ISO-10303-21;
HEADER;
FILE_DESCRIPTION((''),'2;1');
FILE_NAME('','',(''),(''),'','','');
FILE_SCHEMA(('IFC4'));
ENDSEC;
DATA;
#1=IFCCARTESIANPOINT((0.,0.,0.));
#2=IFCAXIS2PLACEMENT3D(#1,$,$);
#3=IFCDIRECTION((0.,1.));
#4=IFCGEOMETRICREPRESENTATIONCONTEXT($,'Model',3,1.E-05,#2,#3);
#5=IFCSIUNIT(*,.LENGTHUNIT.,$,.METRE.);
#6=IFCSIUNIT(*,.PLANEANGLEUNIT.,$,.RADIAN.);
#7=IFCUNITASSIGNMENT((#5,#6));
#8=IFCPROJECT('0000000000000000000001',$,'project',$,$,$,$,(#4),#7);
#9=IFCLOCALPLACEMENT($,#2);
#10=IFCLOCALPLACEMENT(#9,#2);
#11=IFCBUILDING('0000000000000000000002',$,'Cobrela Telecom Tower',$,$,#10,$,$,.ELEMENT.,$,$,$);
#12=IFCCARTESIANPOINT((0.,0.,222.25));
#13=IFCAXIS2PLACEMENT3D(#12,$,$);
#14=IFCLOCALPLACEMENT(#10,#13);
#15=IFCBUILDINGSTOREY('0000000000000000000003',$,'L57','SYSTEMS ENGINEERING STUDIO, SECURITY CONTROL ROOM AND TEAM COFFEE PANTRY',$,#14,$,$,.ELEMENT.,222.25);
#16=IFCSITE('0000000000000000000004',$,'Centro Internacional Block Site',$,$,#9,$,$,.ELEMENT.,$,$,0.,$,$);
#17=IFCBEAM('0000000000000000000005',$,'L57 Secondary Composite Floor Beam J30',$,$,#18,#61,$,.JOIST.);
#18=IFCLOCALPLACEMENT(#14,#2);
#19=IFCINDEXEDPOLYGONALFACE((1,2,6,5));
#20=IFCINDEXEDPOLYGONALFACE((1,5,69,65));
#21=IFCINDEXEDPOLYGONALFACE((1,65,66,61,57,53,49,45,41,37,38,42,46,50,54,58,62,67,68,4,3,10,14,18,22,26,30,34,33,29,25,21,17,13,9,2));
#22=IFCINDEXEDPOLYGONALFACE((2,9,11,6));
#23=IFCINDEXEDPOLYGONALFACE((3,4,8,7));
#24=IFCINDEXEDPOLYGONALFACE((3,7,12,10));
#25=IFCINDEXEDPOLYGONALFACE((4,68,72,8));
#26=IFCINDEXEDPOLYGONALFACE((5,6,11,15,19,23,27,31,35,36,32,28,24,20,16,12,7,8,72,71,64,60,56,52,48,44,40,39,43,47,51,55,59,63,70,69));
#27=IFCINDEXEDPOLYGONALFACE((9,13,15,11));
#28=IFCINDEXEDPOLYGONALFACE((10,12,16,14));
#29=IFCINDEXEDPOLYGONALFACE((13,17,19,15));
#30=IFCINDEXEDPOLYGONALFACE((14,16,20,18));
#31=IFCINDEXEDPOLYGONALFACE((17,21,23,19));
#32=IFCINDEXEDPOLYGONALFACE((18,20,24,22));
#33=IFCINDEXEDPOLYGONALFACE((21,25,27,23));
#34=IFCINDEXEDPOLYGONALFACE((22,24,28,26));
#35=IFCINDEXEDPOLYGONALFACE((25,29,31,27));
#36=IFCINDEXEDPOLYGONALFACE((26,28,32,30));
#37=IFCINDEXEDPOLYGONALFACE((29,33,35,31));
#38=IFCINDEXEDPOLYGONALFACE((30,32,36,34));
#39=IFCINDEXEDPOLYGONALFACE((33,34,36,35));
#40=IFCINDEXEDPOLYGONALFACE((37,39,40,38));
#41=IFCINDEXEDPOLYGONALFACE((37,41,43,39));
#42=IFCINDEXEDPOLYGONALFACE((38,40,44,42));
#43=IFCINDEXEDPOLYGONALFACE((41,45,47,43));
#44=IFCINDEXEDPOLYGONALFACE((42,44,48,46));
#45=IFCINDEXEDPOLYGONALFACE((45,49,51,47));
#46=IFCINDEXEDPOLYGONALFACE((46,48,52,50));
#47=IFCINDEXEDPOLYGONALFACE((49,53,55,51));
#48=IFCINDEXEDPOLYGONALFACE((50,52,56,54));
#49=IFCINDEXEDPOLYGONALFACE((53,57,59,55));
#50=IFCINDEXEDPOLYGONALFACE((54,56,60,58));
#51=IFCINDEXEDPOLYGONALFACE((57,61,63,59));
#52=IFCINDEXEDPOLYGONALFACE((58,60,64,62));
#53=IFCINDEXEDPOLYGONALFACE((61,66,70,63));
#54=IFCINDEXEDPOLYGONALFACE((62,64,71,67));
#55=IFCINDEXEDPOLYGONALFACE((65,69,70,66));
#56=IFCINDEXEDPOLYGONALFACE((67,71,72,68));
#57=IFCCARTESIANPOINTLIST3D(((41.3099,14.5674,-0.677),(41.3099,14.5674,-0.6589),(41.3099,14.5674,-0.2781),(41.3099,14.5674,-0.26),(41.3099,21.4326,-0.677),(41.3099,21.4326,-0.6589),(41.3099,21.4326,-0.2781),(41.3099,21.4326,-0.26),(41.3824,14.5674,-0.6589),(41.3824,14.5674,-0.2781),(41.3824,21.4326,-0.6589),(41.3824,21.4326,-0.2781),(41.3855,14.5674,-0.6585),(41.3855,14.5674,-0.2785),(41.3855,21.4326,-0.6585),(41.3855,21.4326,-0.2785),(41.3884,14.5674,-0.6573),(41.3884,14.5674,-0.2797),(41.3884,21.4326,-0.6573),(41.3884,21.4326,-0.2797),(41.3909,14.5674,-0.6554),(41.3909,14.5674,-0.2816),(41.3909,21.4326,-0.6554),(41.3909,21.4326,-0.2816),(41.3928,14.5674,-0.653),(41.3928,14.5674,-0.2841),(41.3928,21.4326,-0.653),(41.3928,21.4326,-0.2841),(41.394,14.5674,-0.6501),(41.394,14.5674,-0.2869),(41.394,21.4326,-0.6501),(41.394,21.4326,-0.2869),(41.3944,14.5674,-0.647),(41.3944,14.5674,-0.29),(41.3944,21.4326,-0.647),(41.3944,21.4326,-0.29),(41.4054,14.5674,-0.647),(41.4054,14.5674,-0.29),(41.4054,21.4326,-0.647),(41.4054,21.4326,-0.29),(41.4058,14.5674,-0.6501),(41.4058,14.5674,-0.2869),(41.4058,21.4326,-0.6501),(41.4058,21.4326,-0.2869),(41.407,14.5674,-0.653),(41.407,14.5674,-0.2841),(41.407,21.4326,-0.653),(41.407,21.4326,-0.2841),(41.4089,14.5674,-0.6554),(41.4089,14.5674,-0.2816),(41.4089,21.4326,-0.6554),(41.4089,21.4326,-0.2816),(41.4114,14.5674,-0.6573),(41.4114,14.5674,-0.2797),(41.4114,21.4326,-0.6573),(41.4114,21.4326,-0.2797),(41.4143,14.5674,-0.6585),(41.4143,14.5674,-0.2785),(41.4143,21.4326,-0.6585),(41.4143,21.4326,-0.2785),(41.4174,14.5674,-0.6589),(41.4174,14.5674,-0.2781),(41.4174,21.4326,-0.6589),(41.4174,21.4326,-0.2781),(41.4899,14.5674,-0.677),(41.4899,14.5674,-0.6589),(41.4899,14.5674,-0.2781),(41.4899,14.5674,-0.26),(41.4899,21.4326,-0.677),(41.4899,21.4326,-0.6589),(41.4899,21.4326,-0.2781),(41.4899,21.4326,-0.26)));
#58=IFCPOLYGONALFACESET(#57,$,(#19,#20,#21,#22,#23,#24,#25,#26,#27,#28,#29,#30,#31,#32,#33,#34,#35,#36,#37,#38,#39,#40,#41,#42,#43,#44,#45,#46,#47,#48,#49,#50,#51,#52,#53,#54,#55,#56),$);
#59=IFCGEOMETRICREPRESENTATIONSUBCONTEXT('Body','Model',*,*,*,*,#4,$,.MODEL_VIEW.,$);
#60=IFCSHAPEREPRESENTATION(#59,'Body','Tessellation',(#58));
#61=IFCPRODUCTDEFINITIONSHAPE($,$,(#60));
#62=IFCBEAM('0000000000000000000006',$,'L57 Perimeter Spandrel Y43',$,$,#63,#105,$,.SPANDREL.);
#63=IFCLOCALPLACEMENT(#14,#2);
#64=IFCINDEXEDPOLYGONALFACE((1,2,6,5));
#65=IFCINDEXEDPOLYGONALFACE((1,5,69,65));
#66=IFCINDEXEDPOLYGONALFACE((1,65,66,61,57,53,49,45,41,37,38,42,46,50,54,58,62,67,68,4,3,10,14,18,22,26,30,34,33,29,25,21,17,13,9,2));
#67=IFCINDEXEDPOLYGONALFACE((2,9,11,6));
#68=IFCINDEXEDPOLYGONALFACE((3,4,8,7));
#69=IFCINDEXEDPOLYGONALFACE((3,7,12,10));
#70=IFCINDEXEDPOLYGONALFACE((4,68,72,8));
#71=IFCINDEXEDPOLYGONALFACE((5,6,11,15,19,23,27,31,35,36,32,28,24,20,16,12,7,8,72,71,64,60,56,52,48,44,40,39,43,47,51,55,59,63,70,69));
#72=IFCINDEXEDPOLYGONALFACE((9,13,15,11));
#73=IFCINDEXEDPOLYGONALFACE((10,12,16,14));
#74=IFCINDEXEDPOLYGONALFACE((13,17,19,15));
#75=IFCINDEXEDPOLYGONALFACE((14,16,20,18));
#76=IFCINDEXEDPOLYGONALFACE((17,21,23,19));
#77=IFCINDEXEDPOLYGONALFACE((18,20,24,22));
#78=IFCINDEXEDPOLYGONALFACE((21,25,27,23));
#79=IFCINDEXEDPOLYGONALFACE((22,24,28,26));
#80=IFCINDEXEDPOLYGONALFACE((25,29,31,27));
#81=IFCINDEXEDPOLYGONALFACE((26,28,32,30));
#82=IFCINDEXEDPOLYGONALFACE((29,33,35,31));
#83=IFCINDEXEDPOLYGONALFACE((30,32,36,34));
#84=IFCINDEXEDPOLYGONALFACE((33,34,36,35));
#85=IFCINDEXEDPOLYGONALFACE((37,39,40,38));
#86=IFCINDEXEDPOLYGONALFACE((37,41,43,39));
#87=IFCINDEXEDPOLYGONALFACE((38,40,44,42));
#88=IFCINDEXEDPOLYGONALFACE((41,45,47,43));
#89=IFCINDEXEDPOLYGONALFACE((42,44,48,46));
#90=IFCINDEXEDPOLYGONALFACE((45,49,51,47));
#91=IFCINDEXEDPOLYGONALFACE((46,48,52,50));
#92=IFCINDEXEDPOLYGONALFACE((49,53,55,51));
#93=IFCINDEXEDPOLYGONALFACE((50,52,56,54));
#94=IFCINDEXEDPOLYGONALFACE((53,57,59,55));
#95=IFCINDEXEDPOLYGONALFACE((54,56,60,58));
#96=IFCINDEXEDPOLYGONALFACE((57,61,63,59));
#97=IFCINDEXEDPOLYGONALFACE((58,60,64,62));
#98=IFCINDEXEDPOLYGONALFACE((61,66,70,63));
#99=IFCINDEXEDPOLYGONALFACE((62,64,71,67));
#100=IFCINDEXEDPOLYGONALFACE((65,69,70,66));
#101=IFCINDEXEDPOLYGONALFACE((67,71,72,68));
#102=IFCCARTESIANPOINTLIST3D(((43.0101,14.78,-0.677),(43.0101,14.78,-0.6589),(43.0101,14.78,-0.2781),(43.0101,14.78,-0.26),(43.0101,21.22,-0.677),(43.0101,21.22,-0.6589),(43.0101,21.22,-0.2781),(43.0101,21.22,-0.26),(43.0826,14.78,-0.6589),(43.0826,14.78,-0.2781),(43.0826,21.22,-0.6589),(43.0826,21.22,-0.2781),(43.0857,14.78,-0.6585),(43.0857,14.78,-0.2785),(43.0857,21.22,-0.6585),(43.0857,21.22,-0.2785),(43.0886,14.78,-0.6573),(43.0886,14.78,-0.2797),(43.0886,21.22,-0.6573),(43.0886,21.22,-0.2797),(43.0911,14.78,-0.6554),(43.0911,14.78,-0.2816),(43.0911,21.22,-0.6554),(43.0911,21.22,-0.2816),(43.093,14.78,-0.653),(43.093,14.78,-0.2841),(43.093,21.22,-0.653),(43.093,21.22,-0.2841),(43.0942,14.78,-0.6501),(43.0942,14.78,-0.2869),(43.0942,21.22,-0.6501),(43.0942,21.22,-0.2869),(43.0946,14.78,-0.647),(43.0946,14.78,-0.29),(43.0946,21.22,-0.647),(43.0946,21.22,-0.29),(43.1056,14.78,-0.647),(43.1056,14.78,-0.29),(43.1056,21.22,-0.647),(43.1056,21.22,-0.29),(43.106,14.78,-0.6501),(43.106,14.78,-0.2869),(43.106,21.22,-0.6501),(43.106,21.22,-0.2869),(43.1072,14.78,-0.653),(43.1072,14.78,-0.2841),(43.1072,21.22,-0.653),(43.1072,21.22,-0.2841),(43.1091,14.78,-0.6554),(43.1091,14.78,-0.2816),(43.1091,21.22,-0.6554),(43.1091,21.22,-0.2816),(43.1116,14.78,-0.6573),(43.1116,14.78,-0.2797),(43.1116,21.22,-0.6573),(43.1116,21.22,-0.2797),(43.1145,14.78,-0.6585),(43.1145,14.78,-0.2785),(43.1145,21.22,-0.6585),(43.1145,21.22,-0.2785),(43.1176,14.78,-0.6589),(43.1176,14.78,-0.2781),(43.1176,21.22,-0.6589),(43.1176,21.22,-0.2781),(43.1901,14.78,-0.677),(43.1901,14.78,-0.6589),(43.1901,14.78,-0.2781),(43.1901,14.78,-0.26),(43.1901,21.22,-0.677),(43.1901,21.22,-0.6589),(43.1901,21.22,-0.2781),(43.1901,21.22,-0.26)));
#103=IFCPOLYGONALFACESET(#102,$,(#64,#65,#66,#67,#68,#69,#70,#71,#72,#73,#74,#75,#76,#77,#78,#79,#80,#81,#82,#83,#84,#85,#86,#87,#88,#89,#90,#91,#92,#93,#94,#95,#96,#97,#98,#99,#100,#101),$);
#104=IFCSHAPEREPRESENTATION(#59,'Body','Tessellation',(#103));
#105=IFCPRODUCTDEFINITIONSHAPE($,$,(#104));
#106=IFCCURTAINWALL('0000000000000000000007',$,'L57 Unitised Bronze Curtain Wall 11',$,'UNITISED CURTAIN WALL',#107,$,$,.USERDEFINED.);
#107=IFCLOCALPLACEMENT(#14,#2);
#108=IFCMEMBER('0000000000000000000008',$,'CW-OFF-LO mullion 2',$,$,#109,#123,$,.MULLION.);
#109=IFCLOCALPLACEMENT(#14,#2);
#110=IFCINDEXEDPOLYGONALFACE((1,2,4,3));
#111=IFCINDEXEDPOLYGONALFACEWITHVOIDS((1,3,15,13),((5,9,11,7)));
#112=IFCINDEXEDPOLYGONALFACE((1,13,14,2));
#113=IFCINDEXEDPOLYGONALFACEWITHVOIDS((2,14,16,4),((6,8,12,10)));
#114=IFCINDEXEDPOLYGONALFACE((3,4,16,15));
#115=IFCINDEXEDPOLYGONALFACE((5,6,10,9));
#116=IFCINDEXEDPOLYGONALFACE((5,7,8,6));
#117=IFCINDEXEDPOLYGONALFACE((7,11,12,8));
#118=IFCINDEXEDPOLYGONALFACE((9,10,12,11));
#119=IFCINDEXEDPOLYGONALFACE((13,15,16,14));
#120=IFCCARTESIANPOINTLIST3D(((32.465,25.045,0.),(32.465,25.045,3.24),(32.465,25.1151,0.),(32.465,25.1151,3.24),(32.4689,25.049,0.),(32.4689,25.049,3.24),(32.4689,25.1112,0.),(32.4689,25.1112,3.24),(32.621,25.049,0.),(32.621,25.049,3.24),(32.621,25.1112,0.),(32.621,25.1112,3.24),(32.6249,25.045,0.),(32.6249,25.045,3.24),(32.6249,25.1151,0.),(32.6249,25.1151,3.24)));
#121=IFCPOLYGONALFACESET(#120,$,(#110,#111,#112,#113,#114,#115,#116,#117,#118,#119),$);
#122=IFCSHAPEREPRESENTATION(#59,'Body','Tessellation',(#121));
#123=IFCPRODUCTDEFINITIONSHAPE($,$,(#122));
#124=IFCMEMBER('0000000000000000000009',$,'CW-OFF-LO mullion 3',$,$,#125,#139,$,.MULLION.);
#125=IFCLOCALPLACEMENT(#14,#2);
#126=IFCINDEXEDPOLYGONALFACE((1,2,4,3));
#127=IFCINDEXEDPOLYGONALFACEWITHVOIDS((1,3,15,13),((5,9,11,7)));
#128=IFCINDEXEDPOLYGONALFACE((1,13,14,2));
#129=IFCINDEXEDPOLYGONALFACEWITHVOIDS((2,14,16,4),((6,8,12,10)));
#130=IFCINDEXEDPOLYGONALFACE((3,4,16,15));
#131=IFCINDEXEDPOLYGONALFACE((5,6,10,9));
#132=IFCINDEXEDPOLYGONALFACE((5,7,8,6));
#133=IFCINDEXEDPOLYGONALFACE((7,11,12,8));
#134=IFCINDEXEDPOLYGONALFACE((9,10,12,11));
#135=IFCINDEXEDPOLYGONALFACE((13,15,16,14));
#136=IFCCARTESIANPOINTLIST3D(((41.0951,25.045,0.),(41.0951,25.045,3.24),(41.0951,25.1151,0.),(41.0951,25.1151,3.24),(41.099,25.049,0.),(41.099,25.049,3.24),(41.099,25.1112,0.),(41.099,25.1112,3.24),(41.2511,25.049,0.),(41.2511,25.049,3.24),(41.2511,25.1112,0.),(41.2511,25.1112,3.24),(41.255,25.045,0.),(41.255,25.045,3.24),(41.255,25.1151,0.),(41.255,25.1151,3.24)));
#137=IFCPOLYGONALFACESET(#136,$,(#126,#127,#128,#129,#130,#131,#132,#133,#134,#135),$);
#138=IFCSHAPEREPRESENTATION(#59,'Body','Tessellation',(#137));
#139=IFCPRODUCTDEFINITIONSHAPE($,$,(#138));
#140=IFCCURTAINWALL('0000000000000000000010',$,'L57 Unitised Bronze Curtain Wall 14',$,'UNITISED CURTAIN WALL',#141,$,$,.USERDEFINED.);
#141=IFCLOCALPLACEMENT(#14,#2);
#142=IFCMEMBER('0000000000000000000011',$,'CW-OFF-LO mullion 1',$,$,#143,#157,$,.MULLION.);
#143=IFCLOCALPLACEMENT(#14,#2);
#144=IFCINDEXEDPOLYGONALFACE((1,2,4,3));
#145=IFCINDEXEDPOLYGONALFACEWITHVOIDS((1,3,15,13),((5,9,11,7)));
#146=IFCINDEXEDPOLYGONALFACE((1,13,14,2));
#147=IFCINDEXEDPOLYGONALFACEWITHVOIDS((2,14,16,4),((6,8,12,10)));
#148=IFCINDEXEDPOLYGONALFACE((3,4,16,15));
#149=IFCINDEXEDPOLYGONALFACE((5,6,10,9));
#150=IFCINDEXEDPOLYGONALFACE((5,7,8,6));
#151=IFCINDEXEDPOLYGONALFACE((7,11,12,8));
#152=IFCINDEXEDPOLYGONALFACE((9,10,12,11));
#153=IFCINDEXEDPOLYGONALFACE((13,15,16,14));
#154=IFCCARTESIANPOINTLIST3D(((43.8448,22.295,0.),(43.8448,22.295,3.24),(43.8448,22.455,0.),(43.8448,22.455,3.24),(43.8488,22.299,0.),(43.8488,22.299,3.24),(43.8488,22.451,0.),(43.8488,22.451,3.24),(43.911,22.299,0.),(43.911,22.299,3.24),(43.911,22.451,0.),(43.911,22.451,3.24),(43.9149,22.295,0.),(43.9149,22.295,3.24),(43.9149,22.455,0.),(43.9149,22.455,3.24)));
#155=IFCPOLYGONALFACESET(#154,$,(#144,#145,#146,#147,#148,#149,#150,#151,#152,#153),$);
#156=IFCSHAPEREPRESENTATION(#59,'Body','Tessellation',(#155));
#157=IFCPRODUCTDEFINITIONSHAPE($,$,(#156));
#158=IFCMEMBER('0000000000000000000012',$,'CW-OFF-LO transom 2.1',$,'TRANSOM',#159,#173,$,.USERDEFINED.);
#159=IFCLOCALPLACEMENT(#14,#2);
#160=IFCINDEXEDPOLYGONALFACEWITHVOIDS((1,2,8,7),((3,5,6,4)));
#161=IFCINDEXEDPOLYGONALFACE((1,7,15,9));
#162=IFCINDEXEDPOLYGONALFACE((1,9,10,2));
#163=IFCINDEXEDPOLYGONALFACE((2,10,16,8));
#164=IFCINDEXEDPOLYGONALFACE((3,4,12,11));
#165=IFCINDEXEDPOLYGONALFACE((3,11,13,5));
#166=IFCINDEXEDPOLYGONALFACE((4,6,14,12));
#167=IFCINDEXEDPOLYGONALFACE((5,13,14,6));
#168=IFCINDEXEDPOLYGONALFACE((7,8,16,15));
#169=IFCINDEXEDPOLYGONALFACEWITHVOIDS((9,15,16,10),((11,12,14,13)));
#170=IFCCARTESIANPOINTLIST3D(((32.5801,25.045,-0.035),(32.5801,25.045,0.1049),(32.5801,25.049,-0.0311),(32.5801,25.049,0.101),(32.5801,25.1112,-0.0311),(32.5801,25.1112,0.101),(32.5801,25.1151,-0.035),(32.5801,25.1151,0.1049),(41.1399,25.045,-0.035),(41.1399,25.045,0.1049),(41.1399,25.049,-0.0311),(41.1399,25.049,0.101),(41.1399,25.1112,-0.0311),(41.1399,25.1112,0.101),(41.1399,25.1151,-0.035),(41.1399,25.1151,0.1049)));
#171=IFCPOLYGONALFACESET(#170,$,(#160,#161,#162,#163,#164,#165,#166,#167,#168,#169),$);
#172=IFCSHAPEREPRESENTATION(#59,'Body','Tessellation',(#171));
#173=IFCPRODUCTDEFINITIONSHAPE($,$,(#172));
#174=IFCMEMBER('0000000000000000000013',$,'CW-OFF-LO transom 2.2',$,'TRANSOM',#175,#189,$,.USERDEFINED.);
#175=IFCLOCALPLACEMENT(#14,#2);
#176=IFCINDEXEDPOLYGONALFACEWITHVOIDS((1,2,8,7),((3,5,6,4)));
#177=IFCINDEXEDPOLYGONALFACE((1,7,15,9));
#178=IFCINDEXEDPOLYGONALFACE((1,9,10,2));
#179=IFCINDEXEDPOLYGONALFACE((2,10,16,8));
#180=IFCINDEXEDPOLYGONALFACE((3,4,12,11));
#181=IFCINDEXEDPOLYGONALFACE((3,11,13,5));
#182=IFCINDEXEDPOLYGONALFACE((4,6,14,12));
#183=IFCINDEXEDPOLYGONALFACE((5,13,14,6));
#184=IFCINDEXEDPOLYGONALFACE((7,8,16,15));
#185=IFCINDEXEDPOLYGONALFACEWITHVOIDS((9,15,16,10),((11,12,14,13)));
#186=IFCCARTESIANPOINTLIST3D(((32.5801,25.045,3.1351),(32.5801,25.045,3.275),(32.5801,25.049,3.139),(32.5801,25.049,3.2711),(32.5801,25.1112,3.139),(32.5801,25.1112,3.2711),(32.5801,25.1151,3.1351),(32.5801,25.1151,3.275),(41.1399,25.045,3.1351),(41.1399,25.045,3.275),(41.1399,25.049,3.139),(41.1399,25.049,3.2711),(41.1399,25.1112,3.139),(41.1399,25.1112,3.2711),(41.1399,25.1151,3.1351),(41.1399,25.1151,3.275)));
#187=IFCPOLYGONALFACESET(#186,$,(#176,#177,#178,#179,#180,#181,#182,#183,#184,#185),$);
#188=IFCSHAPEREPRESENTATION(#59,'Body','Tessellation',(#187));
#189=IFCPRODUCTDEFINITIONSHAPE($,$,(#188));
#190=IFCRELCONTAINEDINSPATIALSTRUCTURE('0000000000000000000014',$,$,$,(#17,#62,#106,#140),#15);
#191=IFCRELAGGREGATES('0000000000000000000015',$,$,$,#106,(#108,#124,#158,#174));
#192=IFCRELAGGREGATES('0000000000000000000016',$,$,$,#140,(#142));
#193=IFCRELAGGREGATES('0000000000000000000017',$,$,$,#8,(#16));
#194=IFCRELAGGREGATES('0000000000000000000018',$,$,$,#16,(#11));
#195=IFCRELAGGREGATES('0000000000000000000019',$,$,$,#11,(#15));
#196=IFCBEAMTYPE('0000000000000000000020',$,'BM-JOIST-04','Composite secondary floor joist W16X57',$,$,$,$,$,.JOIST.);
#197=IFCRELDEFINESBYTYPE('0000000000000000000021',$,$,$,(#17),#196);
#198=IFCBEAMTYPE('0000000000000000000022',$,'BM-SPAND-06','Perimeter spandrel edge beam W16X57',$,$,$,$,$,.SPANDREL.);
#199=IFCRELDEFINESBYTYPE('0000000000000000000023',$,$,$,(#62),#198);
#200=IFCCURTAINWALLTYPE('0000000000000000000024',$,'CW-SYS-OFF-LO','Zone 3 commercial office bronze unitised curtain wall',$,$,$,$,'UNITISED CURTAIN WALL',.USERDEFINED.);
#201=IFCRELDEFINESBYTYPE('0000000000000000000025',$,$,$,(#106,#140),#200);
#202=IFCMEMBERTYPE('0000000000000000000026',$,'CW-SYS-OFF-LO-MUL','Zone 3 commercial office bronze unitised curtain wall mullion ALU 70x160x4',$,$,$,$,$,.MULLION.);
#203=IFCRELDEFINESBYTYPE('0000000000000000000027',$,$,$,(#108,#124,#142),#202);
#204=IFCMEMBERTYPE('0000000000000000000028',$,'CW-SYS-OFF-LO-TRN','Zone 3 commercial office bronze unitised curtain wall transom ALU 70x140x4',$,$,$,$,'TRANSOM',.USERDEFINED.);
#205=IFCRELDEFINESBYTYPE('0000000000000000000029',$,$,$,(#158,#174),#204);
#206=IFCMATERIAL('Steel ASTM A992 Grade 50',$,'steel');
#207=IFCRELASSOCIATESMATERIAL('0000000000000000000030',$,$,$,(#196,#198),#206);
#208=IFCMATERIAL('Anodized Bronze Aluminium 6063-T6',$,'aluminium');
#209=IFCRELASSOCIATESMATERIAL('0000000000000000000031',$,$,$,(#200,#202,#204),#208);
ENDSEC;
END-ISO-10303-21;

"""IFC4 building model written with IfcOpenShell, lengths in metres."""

from ifc_helpers import new_model, si_unit, direction, frame, origin, origin_2d, place, context, subcontext, project, spatial, hollow_rectangle, i_section, extrude, material, material_profile, profile_set, type_object, element, aggregate, save


model = new_model("IFC4")

# Units and contexts
model_context = context("Model", 3, precision=1e-05, world=origin(), true_north=direction((0.0, 1.0)))
body_context = subcontext(model_context, "Body", "Model", "MODEL_VIEW")
ifc_project = project(units=[si_unit("LENGTHUNIT", "METRE"), si_unit("PLANEANGLEUNIT", "RADIAN")], contexts=[model_context])

# Site, building, storey
site_placement = place(None, origin())
site = spatial("IfcSite", under=ifc_project, at=site_placement, Name="Centro Internacional Block Site", CompositionType="ELEMENT", RefElevation=0.0)
building_placement = place(site_placement, origin())
building = spatial("IfcBuilding", under=site, at=building_placement, Name="Cobrela Telecom Tower", CompositionType="ELEMENT")
storey_placement = place(building_placement, frame((0.0, 0.0, 222.25)))
storey = spatial("IfcBuildingStorey", under=building, at=storey_placement, Name="L57", Description="SYSTEMS ENGINEERING STUDIO, SECURITY CONTROL ROOM AND TEAM COFFEE PANTRY", CompositionType="ELEMENT", Elevation=222.25)

# Shared definitions
ifc_material_1 = material(Name="Steel ASTM A992 Grade 50", Category="steel")

# Beams
ifc_material_profile_1 = material_profile(ifc_material_1, i_section(OverallWidth=0.1799, OverallDepth=0.417, WebThickness=0.011, FlangeThickness=0.0181, FilletRadius=0.012, at=origin_2d()), Name="W16X57")
ifc_profile_set_1 = profile_set([ifc_material_profile_1], Name="Steel ASTM A992 Grade 50")
beam_type_1 = type_object("IfcBeamType", Name="BM-JOIST-04", Description="Composite secondary floor joist W16X57", PredefinedType="JOIST", material=ifc_profile_set_1)
for number, where, z_axis, x_axis, name in (
    (1, (41.3999, 14.5674, -0.4685), (0.0, 1.0, 0.0), (-1.0, 0.0, 0.0), "L57 Secondary Composite Floor Beam J30"),
):
    element("IfcBeam", number, at=place(storey_placement, frame(where, z_axis=z_axis, x_axis=x_axis)), inside=storey, type_object=beam_type_1, Name=name, PredefinedType="JOIST", context=body_context, shape_type="SweptSolid", body=[
        extrude(i_section(OverallWidth=0.1799, OverallDepth=0.417, WebThickness=0.011, FlangeThickness=0.0181, FilletRadius=0.012, at=origin_2d()), origin(), (0.0, 0.0, 1.0), 6.8652),
    ])
ifc_material_profile_2 = material_profile(ifc_material_1, i_section(OverallWidth=0.1799, OverallDepth=0.417, WebThickness=0.011, FlangeThickness=0.0181, FilletRadius=0.012, at=origin_2d()), Name="W16X57")
ifc_profile_set_2 = profile_set([ifc_material_profile_2], Name="Steel ASTM A992 Grade 50")
beam_type_2 = type_object("IfcBeamType", Name="BM-SPAND-06", Description="Perimeter spandrel edge beam W16X57", PredefinedType="SPANDREL", material=ifc_profile_set_2)
beam_1_placement = place(storey_placement, frame((43.1001, 14.78, -0.4685), z_axis=(0.0, 1.0, 0.0), x_axis=(-1.0, 0.0, 0.0)))
element("IfcBeam", 2, at=beam_1_placement, inside=storey, type_object=beam_type_2, Name="L57 Perimeter Spandrel Y43", PredefinedType="SPANDREL", context=body_context, shape_type="SweptSolid", body=[
    extrude(i_section(OverallWidth=0.1799, OverallDepth=0.417, WebThickness=0.011, FlangeThickness=0.0181, FilletRadius=0.012, at=origin_2d()), origin(), (0.0, 0.0, 1.0), 6.4399),
])

# Curtain wall, members
ifc_material_2 = material(Name="Anodized Bronze Aluminium 6063-T6", Category="aluminium")
curtain_wall_type = type_object("IfcCurtainWallType", Name="CW-SYS-OFF-LO", Description="Zone 3 commercial office bronze unitised curtain wall", ElementType="UNITISED CURTAIN WALL", PredefinedType="USERDEFINED", material=ifc_material_2)
curtain_wall_1_placement = place(storey_placement, origin())
curtain_wall_1 = element("IfcCurtainWall", 3, at=curtain_wall_1_placement, inside=storey, type_object=curtain_wall_type, Name="L57 Unitised Bronze Curtain Wall 11", ObjectType="UNITISED CURTAIN WALL", PredefinedType="USERDEFINED")
ifc_material_profile_3 = material_profile(ifc_material_2, hollow_rectangle(XDim=0.0701, YDim=0.1599, WallThickness=0.0039, at=origin_2d()), Name="ALU 70x160x4")
ifc_profile_set_3 = profile_set([ifc_material_profile_3], Name="Anodized Bronze Aluminium 6063-T6")
member_type_1 = type_object("IfcMemberType", Name="CW-SYS-OFF-LO-MUL", Description="Zone 3 commercial office bronze unitised curtain wall mullion ALU 70x160x4", PredefinedType="MULLION", material=ifc_profile_set_3)
member_1_placement = place(storey_placement, frame((32.5449, 25.0801, 0.0), z_axis=(0.0, 0.0, 1.0), x_axis=(0.0, 1.0, 0.0)))
member_1 = element("IfcMember", 4, at=member_1_placement, type_object=member_type_1, Name="CW-OFF-LO mullion 2", PredefinedType="MULLION", context=body_context, shape_type="SweptSolid", body=[
    extrude(hollow_rectangle(XDim=0.0701, YDim=0.1599, WallThickness=0.0039, at=origin_2d()), origin(), (0.0, 0.0, 1.0), 3.24),
])
member_2_placement = place(storey_placement, frame((41.175, 25.0801, 0.0), z_axis=(0.0, 0.0, 1.0), x_axis=(0.0, 1.0, 0.0)))
member_2 = element("IfcMember", 5, at=member_2_placement, type_object=member_type_1, Name="CW-OFF-LO mullion 3", PredefinedType="MULLION", context=body_context, shape_type="SweptSolid", body=[
    extrude(hollow_rectangle(XDim=0.0701, YDim=0.1599, WallThickness=0.0039, at=origin_2d()), origin(), (0.0, 0.0, 1.0), 3.24),
])

# Curtain wall, member
curtain_wall_2_placement = place(storey_placement, origin())
curtain_wall_2 = element("IfcCurtainWall", 6, at=curtain_wall_2_placement, inside=storey, type_object=curtain_wall_type, Name="L57 Unitised Bronze Curtain Wall 14", ObjectType="UNITISED CURTAIN WALL", PredefinedType="USERDEFINED")
member_3_placement = place(storey_placement, frame((43.8799, 22.375, 0.0), z_axis=(0.0, 0.0, 1.0), x_axis=(1.0, 0.0, 0.0)))
member_3 = element("IfcMember", 7, at=member_3_placement, type_object=member_type_1, Name="CW-OFF-LO mullion 1", PredefinedType="MULLION", context=body_context, shape_type="SweptSolid", body=[
    extrude(hollow_rectangle(XDim=0.0701, YDim=0.1599, WallThickness=0.0039, at=origin_2d()), origin(), (0.0, 0.0, 1.0), 3.24),
])

# Members
ifc_material_profile_4 = material_profile(ifc_material_2, hollow_rectangle(XDim=0.0701, YDim=0.1399, WallThickness=0.0039, at=origin_2d()), Name="ALU 70x140x4")
ifc_profile_set_4 = profile_set([ifc_material_profile_4], Name="Anodized Bronze Aluminium 6063-T6")
member_type_2 = type_object("IfcMemberType", Name="CW-SYS-OFF-LO-TRN", Description="Zone 3 commercial office bronze unitised curtain wall transom ALU 70x140x4", ElementType="TRANSOM", PredefinedType="USERDEFINED", material=ifc_profile_set_4)
member_4_placement = place(storey_placement, frame((32.5801, 25.0801, 0.0349), z_axis=(1.0, 0.0, 0.0), x_axis=(0.0, 1.0, 0.0)))
member_4 = element("IfcMember", 8, at=member_4_placement, type_object=member_type_2, Name="CW-OFF-LO transom 2.1", ObjectType="TRANSOM", PredefinedType="USERDEFINED", context=body_context, shape_type="SweptSolid", body=[
    extrude(hollow_rectangle(XDim=0.0701, YDim=0.1399, WallThickness=0.0039, at=origin_2d()), origin(), (0.0, 0.0, 1.0), 8.5598),
])
member_5_placement = place(storey_placement, frame((32.5801, 25.0801, 3.2051), z_axis=(1.0, 0.0, 0.0), x_axis=(0.0, 1.0, 0.0)))
member_5 = element("IfcMember", 9, at=member_5_placement, type_object=member_type_2, Name="CW-OFF-LO transom 2.2", ObjectType="TRANSOM", PredefinedType="USERDEFINED", context=body_context, shape_type="SweptSolid", body=[
    extrude(hollow_rectangle(XDim=0.0701, YDim=0.1399, WallThickness=0.0039, at=origin_2d()), origin(), (0.0, 0.0, 1.0), 8.5598),
])

aggregate(curtain_wall_1, [member_1, member_2, member_4, member_5])
aggregate(curtain_wall_2, [member_3])

save(model, "model.ifc")
